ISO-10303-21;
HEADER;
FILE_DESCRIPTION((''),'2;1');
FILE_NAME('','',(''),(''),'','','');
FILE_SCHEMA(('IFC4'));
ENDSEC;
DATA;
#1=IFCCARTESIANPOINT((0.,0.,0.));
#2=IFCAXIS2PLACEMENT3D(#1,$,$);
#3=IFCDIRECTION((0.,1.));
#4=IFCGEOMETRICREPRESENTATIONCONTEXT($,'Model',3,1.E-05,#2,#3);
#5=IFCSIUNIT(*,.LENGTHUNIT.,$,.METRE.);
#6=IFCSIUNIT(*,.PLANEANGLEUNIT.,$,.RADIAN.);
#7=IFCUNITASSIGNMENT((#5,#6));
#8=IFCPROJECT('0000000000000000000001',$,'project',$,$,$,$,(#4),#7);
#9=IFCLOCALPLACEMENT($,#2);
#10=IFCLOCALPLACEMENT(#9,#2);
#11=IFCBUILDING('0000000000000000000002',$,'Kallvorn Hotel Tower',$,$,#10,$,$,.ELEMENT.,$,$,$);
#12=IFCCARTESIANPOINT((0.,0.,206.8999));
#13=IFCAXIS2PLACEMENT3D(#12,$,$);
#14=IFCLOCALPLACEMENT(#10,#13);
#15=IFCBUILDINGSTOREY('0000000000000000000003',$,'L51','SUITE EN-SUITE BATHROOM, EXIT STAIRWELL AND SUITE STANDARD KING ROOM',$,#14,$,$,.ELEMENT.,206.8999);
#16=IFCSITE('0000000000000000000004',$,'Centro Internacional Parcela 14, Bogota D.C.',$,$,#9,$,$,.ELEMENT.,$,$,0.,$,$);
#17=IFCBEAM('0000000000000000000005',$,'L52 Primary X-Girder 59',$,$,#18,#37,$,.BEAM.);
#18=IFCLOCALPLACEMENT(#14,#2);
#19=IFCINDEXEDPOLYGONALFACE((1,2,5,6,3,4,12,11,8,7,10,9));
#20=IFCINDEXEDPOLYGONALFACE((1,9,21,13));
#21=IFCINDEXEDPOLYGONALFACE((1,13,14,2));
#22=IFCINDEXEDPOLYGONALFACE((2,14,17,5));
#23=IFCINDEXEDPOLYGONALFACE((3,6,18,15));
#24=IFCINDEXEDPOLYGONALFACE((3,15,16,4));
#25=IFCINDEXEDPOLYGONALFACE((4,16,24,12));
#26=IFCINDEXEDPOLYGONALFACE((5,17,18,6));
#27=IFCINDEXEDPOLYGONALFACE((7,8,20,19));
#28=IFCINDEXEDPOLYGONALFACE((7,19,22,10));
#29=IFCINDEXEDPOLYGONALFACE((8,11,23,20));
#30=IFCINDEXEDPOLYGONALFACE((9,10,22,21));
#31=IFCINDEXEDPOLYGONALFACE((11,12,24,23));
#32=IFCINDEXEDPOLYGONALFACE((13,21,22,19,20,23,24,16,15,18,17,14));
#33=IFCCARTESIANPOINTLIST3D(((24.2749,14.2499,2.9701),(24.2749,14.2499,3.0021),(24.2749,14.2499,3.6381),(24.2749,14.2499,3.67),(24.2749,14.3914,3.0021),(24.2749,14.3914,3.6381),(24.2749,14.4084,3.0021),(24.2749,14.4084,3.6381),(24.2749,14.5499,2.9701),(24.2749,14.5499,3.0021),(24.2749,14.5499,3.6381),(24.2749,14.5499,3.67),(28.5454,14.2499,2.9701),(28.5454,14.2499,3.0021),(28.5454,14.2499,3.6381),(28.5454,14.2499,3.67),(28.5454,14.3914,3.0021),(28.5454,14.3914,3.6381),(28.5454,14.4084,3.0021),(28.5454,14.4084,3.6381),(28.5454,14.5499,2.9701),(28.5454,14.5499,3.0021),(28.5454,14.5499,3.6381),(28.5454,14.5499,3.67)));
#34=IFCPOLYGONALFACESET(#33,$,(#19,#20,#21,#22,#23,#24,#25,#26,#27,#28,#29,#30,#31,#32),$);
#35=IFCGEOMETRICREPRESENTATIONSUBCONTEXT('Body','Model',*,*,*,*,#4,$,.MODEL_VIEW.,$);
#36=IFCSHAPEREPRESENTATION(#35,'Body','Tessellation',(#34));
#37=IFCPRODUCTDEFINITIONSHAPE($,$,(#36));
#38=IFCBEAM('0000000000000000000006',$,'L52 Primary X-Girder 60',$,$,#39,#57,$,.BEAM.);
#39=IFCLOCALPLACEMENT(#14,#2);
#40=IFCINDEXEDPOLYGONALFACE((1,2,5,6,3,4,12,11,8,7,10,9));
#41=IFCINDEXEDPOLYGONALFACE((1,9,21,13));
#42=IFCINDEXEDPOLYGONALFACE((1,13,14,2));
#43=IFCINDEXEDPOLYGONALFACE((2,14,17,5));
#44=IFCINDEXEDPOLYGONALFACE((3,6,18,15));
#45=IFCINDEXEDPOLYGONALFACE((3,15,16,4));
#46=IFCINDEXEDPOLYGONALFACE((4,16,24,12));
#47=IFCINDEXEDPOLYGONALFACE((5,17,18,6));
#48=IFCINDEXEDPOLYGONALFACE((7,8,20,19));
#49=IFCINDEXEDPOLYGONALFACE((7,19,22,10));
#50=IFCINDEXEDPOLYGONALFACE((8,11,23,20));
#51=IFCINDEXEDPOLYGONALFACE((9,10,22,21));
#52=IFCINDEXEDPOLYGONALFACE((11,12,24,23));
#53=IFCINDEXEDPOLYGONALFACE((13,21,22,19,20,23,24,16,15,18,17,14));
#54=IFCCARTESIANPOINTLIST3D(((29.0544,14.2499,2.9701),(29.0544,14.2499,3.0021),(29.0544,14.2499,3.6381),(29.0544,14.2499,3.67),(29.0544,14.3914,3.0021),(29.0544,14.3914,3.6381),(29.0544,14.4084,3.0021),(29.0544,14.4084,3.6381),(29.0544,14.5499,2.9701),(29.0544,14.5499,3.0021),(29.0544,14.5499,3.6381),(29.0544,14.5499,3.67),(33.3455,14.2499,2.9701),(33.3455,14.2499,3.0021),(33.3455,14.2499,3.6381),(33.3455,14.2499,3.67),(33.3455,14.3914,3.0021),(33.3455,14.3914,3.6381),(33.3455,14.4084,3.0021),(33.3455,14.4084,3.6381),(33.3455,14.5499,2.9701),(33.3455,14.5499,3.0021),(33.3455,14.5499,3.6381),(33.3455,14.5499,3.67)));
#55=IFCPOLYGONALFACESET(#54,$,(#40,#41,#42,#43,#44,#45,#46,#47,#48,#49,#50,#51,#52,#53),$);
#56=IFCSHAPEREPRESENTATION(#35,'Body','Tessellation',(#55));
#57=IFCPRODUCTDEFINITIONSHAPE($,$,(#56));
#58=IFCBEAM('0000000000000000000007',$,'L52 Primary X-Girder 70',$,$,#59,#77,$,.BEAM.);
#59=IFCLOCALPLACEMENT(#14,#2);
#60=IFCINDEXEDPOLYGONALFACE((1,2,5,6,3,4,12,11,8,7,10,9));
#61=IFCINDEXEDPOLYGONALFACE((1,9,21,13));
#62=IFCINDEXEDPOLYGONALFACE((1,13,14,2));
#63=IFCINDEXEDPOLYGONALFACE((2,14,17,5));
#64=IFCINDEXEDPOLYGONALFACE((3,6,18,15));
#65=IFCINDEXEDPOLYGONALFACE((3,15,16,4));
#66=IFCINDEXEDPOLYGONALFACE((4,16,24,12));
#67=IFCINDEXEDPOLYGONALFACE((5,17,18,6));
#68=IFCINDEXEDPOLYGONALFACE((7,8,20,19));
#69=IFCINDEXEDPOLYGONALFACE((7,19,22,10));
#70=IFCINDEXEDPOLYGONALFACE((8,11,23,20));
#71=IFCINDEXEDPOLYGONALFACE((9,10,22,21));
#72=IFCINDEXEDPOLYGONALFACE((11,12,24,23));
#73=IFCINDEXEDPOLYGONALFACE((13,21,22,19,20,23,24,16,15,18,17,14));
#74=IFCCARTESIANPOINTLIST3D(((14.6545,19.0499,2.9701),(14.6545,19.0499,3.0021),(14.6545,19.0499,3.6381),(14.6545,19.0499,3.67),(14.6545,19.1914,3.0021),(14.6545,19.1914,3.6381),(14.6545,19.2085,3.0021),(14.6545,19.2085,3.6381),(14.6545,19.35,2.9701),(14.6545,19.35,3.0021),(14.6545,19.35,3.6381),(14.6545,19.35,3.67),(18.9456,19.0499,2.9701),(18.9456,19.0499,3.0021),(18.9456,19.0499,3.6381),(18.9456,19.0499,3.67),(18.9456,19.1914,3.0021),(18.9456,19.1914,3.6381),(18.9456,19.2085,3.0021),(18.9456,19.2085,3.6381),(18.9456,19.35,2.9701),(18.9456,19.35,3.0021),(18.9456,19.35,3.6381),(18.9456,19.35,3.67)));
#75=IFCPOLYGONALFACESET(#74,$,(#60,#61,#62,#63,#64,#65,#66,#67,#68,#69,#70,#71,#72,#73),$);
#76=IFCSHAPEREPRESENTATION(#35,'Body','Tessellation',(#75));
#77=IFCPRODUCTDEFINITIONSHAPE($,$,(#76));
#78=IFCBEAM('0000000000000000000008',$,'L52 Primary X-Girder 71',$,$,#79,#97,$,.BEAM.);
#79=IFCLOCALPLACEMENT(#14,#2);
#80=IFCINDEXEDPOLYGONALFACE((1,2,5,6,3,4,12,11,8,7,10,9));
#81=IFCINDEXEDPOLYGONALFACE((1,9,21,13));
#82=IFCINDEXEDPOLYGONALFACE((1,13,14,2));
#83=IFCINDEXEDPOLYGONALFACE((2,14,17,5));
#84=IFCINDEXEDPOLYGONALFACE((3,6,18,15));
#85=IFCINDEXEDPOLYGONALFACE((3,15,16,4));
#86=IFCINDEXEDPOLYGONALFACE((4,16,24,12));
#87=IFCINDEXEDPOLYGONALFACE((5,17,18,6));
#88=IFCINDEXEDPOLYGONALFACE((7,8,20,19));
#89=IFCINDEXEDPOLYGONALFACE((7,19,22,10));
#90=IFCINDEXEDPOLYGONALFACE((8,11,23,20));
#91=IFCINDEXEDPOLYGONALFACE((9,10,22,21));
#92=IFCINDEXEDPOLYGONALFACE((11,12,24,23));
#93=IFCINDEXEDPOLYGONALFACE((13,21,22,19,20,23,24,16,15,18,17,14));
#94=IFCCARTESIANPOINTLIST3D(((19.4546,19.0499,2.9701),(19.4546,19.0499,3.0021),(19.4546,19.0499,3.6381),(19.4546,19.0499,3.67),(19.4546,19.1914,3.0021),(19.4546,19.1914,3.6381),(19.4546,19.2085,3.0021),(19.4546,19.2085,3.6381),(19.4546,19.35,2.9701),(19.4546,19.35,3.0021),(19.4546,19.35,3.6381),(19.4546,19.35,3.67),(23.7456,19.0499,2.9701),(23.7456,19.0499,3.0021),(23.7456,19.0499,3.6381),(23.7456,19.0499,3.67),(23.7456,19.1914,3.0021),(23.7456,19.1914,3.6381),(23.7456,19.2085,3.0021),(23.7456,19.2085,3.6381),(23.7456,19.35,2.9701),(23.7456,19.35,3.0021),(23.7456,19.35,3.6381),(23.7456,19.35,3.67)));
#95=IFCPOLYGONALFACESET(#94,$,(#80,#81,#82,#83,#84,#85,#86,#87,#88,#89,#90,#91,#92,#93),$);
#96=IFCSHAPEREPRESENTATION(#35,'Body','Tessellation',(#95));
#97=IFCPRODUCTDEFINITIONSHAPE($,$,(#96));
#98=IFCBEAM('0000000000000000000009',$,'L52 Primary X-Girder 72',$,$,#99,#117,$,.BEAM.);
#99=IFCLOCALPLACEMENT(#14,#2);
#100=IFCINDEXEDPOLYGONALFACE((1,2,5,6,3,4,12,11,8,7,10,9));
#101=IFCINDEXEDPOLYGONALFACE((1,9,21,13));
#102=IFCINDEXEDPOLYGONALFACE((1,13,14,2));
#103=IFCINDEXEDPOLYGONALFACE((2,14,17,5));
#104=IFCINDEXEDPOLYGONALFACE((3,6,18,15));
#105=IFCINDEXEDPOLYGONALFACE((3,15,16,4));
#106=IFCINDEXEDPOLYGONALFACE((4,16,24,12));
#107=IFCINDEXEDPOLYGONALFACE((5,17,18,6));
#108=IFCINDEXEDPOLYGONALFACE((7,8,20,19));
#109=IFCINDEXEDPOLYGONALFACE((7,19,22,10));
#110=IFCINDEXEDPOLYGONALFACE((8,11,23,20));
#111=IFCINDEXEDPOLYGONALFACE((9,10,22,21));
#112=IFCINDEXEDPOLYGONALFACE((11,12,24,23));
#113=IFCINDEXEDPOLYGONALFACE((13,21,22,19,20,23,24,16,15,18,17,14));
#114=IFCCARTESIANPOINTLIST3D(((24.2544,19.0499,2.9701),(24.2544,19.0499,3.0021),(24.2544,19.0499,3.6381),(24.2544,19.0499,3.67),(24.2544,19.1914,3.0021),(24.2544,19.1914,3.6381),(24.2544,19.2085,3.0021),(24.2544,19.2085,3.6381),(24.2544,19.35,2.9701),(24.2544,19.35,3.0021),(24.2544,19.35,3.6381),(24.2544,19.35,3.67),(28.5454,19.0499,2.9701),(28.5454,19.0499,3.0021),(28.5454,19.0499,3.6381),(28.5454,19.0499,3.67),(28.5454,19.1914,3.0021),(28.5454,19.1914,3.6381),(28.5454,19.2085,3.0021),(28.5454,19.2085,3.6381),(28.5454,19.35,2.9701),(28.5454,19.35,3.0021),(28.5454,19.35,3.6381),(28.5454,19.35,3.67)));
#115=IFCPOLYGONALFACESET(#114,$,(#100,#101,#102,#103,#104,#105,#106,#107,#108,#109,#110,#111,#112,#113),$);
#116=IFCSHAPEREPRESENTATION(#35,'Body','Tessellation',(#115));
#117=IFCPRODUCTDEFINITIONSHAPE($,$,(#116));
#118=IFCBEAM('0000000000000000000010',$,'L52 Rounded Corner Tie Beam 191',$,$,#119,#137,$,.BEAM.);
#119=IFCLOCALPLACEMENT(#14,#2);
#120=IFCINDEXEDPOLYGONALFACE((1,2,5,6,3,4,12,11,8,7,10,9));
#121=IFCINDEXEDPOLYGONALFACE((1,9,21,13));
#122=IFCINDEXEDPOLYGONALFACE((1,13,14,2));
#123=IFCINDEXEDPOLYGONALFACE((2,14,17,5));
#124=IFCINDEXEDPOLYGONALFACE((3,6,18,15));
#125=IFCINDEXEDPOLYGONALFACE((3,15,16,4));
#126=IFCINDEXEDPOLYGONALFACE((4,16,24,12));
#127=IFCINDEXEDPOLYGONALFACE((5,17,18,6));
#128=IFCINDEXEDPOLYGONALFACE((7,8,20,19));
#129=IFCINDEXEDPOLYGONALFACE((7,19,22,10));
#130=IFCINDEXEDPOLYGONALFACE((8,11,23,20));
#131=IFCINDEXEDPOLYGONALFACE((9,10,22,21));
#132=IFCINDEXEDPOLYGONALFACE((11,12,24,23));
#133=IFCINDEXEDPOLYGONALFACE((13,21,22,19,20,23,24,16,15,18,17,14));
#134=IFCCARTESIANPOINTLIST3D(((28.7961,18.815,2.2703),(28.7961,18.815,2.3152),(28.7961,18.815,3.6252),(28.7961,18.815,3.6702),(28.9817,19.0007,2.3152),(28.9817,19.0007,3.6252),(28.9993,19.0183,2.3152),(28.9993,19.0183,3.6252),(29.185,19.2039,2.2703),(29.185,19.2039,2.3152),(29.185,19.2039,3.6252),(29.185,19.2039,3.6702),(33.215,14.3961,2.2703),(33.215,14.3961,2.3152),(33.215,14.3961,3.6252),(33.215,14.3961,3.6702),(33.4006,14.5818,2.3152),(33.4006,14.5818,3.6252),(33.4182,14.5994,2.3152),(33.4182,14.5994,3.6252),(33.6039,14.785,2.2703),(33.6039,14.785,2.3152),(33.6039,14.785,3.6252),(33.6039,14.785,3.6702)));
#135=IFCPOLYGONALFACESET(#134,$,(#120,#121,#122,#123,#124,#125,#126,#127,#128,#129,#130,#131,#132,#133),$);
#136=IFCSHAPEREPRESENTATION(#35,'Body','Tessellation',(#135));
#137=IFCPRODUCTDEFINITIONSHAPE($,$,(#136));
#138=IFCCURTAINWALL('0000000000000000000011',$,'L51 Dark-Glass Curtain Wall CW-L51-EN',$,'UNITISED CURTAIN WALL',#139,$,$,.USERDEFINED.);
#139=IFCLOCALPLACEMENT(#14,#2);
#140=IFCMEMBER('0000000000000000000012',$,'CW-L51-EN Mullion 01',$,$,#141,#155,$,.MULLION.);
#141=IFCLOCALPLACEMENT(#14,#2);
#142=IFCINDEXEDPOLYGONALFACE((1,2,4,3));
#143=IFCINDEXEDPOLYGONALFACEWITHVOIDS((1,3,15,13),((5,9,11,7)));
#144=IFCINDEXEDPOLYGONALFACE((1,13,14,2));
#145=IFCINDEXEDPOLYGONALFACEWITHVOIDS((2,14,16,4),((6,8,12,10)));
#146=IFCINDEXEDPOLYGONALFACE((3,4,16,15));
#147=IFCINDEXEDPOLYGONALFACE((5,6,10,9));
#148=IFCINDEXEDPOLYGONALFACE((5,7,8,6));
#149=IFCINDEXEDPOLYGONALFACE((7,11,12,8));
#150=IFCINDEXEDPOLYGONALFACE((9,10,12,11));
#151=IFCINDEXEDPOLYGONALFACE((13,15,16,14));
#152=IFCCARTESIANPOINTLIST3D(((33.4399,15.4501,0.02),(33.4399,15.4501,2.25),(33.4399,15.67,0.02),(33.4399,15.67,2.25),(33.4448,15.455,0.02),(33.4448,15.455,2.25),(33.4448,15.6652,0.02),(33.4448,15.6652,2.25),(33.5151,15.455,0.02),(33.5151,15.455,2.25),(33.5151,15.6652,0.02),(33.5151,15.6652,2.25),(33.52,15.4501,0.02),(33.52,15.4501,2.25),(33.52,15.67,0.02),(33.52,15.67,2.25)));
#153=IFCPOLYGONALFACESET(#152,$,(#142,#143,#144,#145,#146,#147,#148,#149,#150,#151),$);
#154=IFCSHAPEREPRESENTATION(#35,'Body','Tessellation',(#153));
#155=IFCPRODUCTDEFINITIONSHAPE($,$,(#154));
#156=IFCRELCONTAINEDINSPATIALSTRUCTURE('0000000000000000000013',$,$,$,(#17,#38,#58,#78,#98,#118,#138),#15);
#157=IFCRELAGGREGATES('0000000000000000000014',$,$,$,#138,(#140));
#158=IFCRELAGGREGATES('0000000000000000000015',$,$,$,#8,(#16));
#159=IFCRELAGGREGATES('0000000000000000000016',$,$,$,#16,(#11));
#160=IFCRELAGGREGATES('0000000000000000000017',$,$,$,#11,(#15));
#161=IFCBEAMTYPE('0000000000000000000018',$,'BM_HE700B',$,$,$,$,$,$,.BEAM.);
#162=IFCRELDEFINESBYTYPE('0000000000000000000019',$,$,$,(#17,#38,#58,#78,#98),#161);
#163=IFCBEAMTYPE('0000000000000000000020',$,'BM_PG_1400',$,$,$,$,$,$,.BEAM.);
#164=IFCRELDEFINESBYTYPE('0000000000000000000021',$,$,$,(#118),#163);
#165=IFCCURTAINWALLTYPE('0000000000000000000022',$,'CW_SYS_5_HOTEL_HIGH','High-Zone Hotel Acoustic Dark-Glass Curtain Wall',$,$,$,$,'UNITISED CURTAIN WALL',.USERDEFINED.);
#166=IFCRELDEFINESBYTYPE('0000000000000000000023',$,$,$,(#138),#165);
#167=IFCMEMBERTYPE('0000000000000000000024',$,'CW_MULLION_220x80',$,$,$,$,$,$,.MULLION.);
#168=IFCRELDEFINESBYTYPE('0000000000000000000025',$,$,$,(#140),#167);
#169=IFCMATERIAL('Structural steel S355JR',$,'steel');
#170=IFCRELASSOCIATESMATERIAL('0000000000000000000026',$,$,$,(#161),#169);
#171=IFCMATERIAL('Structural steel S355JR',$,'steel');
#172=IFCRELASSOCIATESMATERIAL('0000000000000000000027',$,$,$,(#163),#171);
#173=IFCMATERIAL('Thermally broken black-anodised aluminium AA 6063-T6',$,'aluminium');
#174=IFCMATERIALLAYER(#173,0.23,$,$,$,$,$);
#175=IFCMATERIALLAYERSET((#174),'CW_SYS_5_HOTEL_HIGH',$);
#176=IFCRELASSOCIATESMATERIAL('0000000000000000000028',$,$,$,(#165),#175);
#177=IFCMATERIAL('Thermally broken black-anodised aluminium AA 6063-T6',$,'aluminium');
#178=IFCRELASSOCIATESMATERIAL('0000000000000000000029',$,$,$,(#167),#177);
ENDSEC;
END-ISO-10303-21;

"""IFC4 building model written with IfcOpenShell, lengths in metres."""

from ifc_helpers import new_model, si_unit, direction, frame, origin, origin_2d, place, context, subcontext, project, spatial, hollow_rectangle, i_section, extrude, material, layer, layer_set, material_profile, profile_set, type_object, element, aggregate, save


model = new_model("IFC4")

# Units and contexts
model_context = context("Model", 3, precision=1e-05, world=origin(), true_north=direction((0.0, 1.0)))
body_context = subcontext(model_context, "Body", "Model", "MODEL_VIEW")
ifc_project = project(units=[si_unit("LENGTHUNIT", "METRE"), si_unit("PLANEANGLEUNIT", "RADIAN")], contexts=[model_context])

# Site, building, storey
site_placement = place(None, origin())
site = spatial("IfcSite", under=ifc_project, at=site_placement, Name="Centro Internacional Parcela 14, Bogota D.C.", CompositionType="ELEMENT", RefElevation=0.0)
building_placement = place(site_placement, origin())
building = spatial("IfcBuilding", under=site, at=building_placement, Name="Kallvorn Hotel Tower", CompositionType="ELEMENT")
storey_placement = place(building_placement, frame((0.0, 0.0, 206.8999)))
storey = spatial("IfcBuildingStorey", under=building, at=storey_placement, Name="L51", Description="SUITE EN-SUITE BATHROOM, EXIT STAIRWELL AND SUITE STANDARD KING ROOM", CompositionType="ELEMENT", Elevation=206.8999)

# Beams
ifc_material_1 = material(Name="Structural steel S355JR", Category="steel")
ifc_material_profile_1 = material_profile(ifc_material_1, i_section(OverallWidth=0.3, OverallDepth=0.7, WebThickness=0.0171, FlangeThickness=0.032, at=origin_2d()), Name="HE 700 B")
ifc_profile_set_1 = profile_set([ifc_material_profile_1], Name="Structural steel S355JR")
beam_type_1 = type_object("IfcBeamType", Name="BM_HE700B", PredefinedType="BEAM", material=ifc_profile_set_1)
for number, where, z_axis, x_axis, name in (
    (1, (24.2749, 14.3999, 3.3201), (1.0, 0.0, 0.0), (0.0, 1.0, 0.0), "L52 Primary X-Girder 59"),
):
    element("IfcBeam", number, at=place(storey_placement, frame(where, z_axis=z_axis, x_axis=x_axis)), inside=storey, type_object=beam_type_1, Name=name, PredefinedType="BEAM", context=body_context, shape_type="SweptSolid", body=[
        extrude(i_section(OverallWidth=0.3, OverallDepth=0.7, WebThickness=0.0171, FlangeThickness=0.032, at=origin_2d()), origin(), (0.0, 0.0, 1.0), 4.2705),
    ])
for number, where, z_axis, x_axis, name in (
    (2, (29.0544, 14.3999, 3.3201), (1.0, 0.0, 0.0), (0.0, 1.0, 0.0), "L52 Primary X-Girder 60"),
    (3, (14.6545, 19.2, 3.3201), (1.0, 0.0, 0.0), (0.0, 1.0, 0.0), "L52 Primary X-Girder 70"),
    (4, (19.4546, 19.2, 3.3201), (1.0, 0.0, 0.0), (0.0, 1.0, 0.0), "L52 Primary X-Girder 71"),
    (5, (24.2544, 19.2, 3.3201), (1.0, 0.0, 0.0), (0.0, 1.0, 0.0), "L52 Primary X-Girder 72"),
):
    element("IfcBeam", number, at=place(storey_placement, frame(where, z_axis=z_axis, x_axis=x_axis)), inside=storey, type_object=beam_type_1, Name=name, PredefinedType="BEAM", context=body_context, shape_type="SweptSolid", body=[
        extrude(i_section(OverallWidth=0.3, OverallDepth=0.7, WebThickness=0.0171, FlangeThickness=0.032, at=origin_2d()), origin(), (0.0, 0.0, 1.0), 4.291),
    ])
ifc_material_2 = material(Name="Structural steel S355JR", Category="steel")
ifc_material_profile_2 = material_profile(ifc_material_2, i_section(OverallWidth=0.55, OverallDepth=1.3999, WebThickness=0.0249, FlangeThickness=0.0449, at=origin_2d()), Name="PG 1400x550x25x45")
ifc_profile_set_2 = profile_set([ifc_material_profile_2], Name="Structural steel S355JR")
beam_type_2 = type_object("IfcBeamType", Name="BM_PG_1400", PredefinedType="BEAM", material=ifc_profile_set_2)
beam_1_placement = place(storey_placement, frame((33.4094, 14.5906, 2.9702), z_axis=(-0.707107, 0.707107, 0.0), x_axis=(-0.707107, -0.707107, 0.0)))
element("IfcBeam", 6, at=beam_1_placement, inside=storey, type_object=beam_type_2, Name="L52 Rounded Corner Tie Beam 191", PredefinedType="BEAM", context=body_context, shape_type="SweptSolid", body=[
    extrude(i_section(OverallWidth=0.55, OverallDepth=1.3999, WebThickness=0.0249, FlangeThickness=0.0449, at=origin_2d()), origin(), (0.0, 0.0, 1.0), 6.2493),
])

# Curtain wall, member
ifc_material_3 = material(Name="Thermally broken black-anodised aluminium AA 6063-T6", Category="aluminium")
ifc_layer_1 = layer(ifc_material_3, 0.23)
ifc_layer_set_1 = layer_set([ifc_layer_1], Name="CW_SYS_5_HOTEL_HIGH")
curtain_wall_type = type_object("IfcCurtainWallType", Name="CW_SYS_5_HOTEL_HIGH", Description="High-Zone Hotel Acoustic Dark-Glass Curtain Wall", ElementType="UNITISED CURTAIN WALL", PredefinedType="USERDEFINED", material=ifc_layer_set_1)
curtain_wall_placement = place(storey_placement, origin())
curtain_wall = element("IfcCurtainWall", 7, at=curtain_wall_placement, inside=storey, type_object=curtain_wall_type, Name="L51 Dark-Glass Curtain Wall CW-L51-EN", ObjectType="UNITISED CURTAIN WALL", PredefinedType="USERDEFINED")
ifc_material_4 = material(Name="Thermally broken black-anodised aluminium AA 6063-T6", Category="aluminium")
ifc_material_profile_3 = material_profile(ifc_material_4, hollow_rectangle(XDim=0.0801, YDim=0.22, WallThickness=0.0049, at=origin_2d()), Name="MUL 220x80")
ifc_profile_set_3 = profile_set([ifc_material_profile_3], Name="Thermally broken black-anodised aluminium AA 6063-T6")
member_type_1 = type_object("IfcMemberType", Name="CW_MULLION_220x80", PredefinedType="MULLION", material=ifc_profile_set_3)
member_placement = place(storey_placement, frame((33.48, 15.5601, 0.02), z_axis=(0.0, 0.0, 1.0), x_axis=(1.0, 0.0, 0.0)))
member = element("IfcMember", 8, at=member_placement, type_object=member_type_1, Name="CW-L51-EN Mullion 01", PredefinedType="MULLION", context=body_context, shape_type="SweptSolid", body=[
    extrude(hollow_rectangle(XDim=0.0801, YDim=0.22, WallThickness=0.0049, at=origin_2d()), origin(), (0.0, 0.0, 1.0), 2.23),
])
aggregate(curtain_wall, [member])

save(model, "model.ifc")
